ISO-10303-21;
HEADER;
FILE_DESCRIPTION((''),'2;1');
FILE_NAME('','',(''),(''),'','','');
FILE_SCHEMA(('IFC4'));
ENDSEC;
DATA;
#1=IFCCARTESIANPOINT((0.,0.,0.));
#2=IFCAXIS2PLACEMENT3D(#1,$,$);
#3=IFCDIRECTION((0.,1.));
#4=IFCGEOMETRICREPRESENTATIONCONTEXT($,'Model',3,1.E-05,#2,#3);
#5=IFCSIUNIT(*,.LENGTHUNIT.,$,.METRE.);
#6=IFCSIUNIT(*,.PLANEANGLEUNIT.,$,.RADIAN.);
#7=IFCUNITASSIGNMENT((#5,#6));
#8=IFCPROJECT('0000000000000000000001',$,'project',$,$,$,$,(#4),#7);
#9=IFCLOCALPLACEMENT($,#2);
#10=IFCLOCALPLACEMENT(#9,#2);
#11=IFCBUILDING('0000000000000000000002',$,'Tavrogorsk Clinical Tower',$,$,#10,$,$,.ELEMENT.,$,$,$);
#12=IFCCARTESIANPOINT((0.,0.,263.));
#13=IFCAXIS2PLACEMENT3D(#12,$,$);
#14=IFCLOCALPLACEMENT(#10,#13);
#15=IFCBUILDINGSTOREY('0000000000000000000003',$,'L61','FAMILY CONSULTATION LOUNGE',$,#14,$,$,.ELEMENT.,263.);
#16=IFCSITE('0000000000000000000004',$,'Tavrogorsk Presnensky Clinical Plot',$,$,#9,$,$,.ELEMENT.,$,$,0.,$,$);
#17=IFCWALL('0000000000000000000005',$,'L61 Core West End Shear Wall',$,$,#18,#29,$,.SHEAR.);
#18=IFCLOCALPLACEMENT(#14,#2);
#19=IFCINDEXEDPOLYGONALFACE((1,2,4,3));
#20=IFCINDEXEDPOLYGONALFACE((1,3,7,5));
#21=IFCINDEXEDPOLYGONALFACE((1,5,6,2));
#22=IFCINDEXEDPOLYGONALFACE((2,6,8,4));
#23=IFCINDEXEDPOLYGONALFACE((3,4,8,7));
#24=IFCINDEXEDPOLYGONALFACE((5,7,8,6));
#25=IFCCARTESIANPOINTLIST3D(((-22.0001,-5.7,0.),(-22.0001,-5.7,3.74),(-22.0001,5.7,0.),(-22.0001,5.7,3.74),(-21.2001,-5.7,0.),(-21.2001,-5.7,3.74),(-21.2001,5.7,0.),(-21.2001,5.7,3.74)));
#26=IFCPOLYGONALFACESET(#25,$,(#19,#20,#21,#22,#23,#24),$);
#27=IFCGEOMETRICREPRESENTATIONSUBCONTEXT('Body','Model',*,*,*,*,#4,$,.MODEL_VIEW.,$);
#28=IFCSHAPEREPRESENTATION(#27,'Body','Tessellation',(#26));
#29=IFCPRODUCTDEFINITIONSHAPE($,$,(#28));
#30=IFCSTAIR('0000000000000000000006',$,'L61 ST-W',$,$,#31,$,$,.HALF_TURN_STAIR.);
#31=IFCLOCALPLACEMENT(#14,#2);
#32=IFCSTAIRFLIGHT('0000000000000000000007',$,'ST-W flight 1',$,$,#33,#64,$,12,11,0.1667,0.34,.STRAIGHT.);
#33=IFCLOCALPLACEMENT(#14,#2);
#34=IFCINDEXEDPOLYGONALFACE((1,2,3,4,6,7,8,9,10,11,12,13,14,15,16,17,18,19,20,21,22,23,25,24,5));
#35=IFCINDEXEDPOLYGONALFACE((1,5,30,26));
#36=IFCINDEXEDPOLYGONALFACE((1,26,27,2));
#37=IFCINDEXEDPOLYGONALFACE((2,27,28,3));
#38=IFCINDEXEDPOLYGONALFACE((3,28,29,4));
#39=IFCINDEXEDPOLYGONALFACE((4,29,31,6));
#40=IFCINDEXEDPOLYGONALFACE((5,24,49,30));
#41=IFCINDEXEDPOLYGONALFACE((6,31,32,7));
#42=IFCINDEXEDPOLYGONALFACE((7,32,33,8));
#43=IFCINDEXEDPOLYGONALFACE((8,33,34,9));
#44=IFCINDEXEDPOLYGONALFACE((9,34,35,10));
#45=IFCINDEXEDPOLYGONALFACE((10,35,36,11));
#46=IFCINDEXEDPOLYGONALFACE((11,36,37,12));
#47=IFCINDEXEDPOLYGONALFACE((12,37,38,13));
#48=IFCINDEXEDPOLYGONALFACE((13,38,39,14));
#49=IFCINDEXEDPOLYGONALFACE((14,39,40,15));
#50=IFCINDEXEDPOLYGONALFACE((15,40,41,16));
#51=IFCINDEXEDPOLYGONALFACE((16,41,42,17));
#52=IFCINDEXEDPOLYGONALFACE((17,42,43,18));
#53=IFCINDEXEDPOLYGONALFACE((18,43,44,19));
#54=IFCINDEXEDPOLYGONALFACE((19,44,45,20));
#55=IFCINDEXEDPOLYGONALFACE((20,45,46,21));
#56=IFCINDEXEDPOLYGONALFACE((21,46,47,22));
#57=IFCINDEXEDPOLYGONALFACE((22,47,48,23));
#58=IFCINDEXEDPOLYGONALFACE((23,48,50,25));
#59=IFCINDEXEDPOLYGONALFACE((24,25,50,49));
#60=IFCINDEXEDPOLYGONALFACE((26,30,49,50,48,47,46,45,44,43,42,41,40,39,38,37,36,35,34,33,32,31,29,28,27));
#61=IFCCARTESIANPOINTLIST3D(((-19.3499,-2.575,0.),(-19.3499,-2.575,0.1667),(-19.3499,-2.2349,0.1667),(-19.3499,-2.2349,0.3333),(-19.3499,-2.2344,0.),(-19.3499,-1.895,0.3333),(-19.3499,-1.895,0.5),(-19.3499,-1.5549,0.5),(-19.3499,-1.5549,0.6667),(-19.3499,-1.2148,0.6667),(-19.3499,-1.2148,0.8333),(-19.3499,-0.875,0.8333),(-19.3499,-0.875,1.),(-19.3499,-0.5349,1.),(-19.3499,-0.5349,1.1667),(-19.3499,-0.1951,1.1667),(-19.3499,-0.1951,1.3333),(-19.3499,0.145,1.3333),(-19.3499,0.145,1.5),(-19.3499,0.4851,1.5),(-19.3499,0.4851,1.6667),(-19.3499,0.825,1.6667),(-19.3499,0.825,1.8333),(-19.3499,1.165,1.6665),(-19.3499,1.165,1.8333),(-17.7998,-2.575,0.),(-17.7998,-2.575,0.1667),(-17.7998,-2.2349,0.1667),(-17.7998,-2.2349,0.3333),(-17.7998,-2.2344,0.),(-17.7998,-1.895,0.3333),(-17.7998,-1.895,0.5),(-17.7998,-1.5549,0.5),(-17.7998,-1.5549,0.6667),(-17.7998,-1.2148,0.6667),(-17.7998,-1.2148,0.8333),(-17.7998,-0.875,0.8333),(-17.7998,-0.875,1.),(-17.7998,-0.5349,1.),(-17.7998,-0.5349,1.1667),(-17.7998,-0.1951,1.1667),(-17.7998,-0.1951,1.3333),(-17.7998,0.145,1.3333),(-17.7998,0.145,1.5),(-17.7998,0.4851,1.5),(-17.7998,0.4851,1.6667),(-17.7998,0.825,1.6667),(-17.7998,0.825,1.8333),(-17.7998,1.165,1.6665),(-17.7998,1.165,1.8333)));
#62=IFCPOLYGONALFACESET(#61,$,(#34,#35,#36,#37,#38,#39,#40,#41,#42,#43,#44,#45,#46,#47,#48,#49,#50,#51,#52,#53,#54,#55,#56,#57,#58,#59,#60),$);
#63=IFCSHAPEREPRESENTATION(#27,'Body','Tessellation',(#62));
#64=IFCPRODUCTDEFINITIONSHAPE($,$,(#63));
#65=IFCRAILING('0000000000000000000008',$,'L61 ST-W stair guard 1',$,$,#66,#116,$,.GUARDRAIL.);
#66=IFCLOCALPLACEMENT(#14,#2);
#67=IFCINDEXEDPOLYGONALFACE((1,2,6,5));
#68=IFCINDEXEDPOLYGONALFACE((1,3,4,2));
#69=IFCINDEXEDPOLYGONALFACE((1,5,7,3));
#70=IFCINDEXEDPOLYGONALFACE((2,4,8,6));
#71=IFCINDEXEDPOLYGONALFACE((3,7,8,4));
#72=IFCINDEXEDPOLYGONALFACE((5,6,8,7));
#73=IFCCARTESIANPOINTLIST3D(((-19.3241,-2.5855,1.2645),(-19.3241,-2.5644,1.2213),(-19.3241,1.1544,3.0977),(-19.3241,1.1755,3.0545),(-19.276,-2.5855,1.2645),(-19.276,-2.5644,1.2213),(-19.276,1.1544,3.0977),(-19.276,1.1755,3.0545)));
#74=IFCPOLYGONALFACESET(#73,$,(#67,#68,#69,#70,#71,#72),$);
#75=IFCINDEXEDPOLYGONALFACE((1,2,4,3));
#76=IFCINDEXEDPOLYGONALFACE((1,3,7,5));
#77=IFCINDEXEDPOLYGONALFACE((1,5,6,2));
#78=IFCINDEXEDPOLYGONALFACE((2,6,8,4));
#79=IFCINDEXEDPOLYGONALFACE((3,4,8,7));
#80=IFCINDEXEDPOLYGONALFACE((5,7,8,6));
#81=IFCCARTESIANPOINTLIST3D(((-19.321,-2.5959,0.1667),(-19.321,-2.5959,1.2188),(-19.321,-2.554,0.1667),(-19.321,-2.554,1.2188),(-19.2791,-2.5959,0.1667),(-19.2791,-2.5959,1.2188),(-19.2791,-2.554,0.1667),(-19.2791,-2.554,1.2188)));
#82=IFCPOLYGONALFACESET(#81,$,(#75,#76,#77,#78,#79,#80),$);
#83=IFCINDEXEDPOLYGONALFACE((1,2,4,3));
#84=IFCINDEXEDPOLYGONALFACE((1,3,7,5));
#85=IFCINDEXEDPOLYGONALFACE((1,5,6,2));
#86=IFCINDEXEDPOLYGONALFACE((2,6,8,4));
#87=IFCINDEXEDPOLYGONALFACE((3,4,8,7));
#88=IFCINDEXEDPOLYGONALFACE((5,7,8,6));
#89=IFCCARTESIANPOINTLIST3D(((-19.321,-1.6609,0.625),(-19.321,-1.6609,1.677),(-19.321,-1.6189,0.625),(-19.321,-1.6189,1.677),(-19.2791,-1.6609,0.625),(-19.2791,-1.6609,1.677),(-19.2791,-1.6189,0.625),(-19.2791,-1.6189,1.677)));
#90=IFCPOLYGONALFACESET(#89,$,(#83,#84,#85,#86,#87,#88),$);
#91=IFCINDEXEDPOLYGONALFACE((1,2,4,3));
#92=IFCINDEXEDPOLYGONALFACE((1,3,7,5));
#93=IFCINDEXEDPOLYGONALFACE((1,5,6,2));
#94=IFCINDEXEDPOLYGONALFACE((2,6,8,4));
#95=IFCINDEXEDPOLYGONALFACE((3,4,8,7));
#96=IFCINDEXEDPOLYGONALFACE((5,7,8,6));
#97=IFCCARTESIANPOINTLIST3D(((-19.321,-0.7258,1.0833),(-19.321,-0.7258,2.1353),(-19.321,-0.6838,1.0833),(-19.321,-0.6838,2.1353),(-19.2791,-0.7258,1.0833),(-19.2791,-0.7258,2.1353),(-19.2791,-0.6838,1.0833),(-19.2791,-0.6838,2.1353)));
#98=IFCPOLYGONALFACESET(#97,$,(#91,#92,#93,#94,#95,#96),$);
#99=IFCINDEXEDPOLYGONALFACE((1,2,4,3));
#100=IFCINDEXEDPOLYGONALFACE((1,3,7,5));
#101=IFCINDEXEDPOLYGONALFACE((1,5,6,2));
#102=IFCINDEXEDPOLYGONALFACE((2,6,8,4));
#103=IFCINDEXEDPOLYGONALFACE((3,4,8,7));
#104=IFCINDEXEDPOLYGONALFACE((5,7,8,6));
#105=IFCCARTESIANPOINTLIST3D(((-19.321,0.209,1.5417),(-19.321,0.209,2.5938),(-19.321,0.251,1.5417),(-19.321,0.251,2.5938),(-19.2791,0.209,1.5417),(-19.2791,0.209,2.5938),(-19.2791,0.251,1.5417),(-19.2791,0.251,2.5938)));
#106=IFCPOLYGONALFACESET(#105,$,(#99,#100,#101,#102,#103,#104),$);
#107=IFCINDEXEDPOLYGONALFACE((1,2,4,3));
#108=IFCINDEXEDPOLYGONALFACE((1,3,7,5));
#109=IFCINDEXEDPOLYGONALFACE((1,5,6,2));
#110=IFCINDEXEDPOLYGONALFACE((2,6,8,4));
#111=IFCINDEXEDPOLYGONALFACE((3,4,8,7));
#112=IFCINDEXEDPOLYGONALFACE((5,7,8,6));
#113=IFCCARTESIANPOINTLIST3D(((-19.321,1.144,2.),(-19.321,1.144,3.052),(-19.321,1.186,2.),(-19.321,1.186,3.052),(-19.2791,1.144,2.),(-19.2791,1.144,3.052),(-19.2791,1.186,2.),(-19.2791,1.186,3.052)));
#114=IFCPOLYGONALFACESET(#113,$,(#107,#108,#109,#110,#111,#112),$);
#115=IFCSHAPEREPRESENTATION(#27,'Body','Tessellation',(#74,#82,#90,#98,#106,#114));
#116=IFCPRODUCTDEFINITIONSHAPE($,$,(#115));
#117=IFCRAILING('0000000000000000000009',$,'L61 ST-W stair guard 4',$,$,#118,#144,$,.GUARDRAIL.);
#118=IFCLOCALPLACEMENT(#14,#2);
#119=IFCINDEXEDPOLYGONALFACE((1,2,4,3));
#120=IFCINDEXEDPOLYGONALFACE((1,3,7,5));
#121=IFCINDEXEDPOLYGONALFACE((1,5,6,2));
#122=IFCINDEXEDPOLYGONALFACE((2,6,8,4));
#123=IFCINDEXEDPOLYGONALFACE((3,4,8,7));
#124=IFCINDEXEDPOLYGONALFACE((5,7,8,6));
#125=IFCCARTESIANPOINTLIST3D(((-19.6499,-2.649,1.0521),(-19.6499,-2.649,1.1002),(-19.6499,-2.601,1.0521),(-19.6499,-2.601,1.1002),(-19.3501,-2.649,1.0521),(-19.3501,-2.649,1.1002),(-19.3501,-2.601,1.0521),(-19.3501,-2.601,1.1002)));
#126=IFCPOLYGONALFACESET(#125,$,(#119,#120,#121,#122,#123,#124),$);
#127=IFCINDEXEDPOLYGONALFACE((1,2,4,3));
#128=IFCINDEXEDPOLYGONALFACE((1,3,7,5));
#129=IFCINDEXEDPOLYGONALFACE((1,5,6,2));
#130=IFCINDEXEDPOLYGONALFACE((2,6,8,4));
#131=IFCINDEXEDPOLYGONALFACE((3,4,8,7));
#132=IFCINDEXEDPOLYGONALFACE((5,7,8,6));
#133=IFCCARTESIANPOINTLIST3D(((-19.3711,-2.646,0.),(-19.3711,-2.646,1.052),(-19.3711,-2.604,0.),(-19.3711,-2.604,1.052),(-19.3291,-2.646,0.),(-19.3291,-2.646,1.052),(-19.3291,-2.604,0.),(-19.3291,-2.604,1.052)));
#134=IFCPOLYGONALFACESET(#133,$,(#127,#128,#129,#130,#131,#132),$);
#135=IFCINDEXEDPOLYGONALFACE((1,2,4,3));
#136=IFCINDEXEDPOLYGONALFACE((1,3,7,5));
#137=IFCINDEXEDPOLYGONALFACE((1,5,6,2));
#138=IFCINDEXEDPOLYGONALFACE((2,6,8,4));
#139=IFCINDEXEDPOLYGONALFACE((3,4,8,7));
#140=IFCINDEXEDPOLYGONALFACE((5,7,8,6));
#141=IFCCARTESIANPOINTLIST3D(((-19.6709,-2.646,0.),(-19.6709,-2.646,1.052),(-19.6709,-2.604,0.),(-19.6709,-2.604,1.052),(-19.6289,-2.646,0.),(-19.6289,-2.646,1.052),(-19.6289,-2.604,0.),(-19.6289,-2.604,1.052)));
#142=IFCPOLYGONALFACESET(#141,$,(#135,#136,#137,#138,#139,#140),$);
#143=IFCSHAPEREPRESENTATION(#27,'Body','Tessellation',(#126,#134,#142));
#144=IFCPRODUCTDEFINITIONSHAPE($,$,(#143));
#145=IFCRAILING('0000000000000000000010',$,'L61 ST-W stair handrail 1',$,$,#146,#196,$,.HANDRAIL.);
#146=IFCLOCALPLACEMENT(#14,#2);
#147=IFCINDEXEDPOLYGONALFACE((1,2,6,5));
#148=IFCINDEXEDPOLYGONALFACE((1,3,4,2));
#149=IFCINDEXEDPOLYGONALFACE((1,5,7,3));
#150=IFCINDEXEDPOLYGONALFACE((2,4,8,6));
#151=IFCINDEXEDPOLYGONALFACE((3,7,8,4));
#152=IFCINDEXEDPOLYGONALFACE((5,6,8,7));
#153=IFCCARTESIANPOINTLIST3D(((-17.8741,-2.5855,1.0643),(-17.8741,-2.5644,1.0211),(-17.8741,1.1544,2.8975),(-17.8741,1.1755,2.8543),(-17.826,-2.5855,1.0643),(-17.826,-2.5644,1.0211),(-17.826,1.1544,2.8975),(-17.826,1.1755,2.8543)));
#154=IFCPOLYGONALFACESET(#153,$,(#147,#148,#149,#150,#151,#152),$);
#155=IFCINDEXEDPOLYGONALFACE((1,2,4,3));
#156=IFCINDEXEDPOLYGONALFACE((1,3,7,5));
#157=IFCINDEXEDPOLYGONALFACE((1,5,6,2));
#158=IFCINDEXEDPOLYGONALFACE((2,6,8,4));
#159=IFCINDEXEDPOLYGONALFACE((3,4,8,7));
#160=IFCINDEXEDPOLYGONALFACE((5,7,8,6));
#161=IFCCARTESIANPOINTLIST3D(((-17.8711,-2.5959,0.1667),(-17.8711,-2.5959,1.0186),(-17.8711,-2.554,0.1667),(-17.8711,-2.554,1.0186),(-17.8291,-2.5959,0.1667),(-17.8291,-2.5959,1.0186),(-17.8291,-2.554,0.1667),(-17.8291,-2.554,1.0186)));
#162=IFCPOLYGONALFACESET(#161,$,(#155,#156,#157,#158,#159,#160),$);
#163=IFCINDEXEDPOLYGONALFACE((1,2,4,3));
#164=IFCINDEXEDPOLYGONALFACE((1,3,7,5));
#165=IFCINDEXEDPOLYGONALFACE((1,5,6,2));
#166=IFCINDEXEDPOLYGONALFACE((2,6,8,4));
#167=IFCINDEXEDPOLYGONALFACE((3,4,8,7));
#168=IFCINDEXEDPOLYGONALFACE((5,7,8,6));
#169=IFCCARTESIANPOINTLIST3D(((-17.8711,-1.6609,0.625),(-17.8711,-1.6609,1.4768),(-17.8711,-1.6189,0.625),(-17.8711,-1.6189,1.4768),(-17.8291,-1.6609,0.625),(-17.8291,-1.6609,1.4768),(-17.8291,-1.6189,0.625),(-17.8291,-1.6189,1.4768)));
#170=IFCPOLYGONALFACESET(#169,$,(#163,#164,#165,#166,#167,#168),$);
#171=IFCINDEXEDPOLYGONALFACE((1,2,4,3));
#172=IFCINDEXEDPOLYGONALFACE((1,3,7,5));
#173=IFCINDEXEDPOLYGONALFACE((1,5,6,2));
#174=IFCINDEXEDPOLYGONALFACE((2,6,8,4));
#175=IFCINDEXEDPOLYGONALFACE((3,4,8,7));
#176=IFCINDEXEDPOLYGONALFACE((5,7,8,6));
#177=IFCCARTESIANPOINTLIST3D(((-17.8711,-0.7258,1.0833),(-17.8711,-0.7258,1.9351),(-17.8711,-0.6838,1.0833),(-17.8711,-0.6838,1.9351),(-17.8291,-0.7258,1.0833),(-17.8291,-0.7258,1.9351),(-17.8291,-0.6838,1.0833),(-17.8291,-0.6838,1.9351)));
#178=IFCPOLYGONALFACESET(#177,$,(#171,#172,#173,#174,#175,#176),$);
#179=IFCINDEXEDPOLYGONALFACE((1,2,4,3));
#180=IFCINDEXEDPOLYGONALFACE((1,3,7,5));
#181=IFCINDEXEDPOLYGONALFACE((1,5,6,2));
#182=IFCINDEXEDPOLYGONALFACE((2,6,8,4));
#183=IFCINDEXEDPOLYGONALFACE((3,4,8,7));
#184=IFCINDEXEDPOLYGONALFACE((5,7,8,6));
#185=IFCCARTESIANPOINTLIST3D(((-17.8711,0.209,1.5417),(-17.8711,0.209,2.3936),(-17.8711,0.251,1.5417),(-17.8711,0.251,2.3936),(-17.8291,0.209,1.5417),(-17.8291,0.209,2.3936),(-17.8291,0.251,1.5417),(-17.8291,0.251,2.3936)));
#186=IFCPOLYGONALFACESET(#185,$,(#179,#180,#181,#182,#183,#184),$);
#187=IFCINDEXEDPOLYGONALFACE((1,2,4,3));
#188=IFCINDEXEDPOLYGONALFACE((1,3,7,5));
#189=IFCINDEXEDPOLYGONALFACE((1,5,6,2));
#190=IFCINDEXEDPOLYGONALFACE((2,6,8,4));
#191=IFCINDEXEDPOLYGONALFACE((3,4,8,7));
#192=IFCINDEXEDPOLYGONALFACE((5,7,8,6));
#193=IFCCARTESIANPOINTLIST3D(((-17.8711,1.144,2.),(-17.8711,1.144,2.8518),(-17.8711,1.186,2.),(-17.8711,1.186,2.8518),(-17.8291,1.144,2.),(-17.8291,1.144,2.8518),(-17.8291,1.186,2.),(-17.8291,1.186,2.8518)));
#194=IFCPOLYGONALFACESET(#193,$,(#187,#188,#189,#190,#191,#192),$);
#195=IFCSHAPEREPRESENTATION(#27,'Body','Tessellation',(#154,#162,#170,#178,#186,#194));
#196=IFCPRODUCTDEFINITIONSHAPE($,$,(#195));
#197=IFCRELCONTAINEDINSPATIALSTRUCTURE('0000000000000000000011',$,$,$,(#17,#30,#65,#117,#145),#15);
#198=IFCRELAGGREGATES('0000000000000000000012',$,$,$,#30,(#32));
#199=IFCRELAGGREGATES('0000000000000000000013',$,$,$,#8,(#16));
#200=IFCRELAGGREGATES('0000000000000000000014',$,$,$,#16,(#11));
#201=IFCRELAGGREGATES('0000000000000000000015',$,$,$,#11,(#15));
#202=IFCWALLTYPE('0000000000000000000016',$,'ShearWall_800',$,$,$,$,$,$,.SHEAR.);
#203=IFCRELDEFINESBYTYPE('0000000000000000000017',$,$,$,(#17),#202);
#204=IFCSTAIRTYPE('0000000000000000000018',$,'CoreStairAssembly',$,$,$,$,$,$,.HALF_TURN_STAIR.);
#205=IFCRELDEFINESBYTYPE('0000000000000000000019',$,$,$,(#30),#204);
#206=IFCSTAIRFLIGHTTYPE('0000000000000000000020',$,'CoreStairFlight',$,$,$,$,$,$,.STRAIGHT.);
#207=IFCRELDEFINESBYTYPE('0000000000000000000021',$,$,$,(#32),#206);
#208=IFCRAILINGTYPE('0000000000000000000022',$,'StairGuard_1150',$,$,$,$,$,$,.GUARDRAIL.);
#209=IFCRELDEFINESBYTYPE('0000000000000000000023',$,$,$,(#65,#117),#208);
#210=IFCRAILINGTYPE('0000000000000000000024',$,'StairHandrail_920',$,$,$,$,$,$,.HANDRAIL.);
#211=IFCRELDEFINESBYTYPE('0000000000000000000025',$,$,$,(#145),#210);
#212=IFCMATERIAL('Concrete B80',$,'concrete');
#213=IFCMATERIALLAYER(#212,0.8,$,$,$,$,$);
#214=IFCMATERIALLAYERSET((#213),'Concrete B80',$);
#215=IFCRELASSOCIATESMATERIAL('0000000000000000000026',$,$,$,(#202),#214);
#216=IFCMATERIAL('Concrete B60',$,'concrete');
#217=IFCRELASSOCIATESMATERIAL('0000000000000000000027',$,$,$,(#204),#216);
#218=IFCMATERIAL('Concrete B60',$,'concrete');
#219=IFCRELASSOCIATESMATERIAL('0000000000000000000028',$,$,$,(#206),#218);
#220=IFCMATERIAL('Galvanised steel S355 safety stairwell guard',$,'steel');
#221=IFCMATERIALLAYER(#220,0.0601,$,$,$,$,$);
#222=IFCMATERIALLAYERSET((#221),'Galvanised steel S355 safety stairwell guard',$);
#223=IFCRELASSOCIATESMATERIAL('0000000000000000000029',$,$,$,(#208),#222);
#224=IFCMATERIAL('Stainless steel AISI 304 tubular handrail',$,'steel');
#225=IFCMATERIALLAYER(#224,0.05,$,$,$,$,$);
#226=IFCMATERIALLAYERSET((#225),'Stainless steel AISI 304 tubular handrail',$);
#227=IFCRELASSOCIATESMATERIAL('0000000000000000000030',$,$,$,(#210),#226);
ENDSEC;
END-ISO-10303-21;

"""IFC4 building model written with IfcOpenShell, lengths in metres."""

from ifc_helpers import new_model, si_unit, direction, frame, frame_2d, origin, origin_2d, place, context, subcontext, project, spatial, polyline, rectangle, outline, extrude, material, layer, layer_set, type_object, element, aggregate, save


model = new_model("IFC4")

# Units and contexts
model_context = context("Model", 3, precision=1e-05, world=origin(), true_north=direction((0.0, 1.0)))
body_context = subcontext(model_context, "Body", "Model", "MODEL_VIEW")
ifc_project = project(units=[si_unit("LENGTHUNIT", "METRE"), si_unit("PLANEANGLEUNIT", "RADIAN")], contexts=[model_context])

# Site, building, storey
site_placement = place(None, origin())
site = spatial("IfcSite", under=ifc_project, at=site_placement, Name="Tavrogorsk Presnensky Clinical Plot", CompositionType="ELEMENT", RefElevation=0.0)
building_placement = place(site_placement, origin())
building = spatial("IfcBuilding", under=site, at=building_placement, Name="Tavrogorsk Clinical Tower", CompositionType="ELEMENT")
storey_placement = place(building_placement, frame((0.0, 0.0, 263.0)))
storey = spatial("IfcBuildingStorey", under=building, at=storey_placement, Name="L61", Description="FAMILY CONSULTATION LOUNGE", CompositionType="ELEMENT", Elevation=263.0)

# Wall
ifc_material_1 = material(Name="Concrete B80", Category="concrete")
ifc_layer_1 = layer(ifc_material_1, 0.8)
ifc_layer_set_1 = layer_set([ifc_layer_1], Name="Concrete B80")
wall_type_1 = type_object("IfcWallType", Name="ShearWall_800", PredefinedType="SHEAR", material=ifc_layer_set_1)
wall_1_placement = place(storey_placement, frame((-21.6001, -5.7, 0.0), z_axis=(0.0, 0.0, 1.0), x_axis=(0.0, 1.0, 0.0)))
element("IfcWall", 1, at=wall_1_placement, inside=storey, type_object=wall_type_1, Name="L61 Core West End Shear Wall", PredefinedType="SHEAR", context=body_context, shape_type="SweptSolid", body=[
    extrude(rectangle(XDim=11.3999, YDim=0.8, at=frame_2d((5.7, 0.0))), origin(), (0.0, 0.0, 1.0), 3.74),
])

# Stair, stair flight
ifc_material_2 = material(Name="Concrete B60", Category="concrete")
stair_type = type_object("IfcStairType", Name="CoreStairAssembly", PredefinedType="HALF_TURN_STAIR", material=ifc_material_2)
stair_placement = place(storey_placement, origin())
stair = element("IfcStair", 2, at=stair_placement, inside=storey, type_object=stair_type, Name="L61 ST-W", PredefinedType="HALF_TURN_STAIR")
ifc_material_3 = material(Name="Concrete B60", Category="concrete")
stair_flight_type = type_object("IfcStairFlightType", Name="CoreStairFlight", PredefinedType="STRAIGHT", material=ifc_material_3)
stair_flight_placement = place(storey_placement, frame((-18.575, -2.575, 0.0), z_axis=(0.0, 0.0, 1.0), x_axis=(0.0, 1.0, 0.0)))
stair_flight = element("IfcStairFlight", 3, at=stair_flight_placement, type_object=stair_flight_type, Name="ST-W flight 1", NumberOfRisers=12, NumberOfTreads=11, PredefinedType="STRAIGHT", RiserHeight=0.1667, TreadLength=0.34, context=body_context, shape_type="SweptSolid", body=[
    extrude(outline(polyline([(0.0, 0.0), (0.0, 0.1667), (0.3401, 0.1667), (0.3401, 0.3333), (0.6799, 0.3333), (0.6799, 0.5), (1.02, 0.5), (1.02, 0.6667), (1.3601, 0.6667), (1.3601, 0.8333), (1.7, 0.8333), (1.7, 1.0), (2.04, 1.0), (2.04, 1.1667), (2.3799, 1.1667), (2.3799, 1.3333), (2.72, 1.3333), (2.72, 1.5), (3.0601, 1.5), (3.0601, 1.6667), (3.3999, 1.6667), (3.3999, 1.8333), (3.74, 1.8333), (3.74, 2.0), (3.74, 1.6665), (0.3406, 0.0), (0.0, 0.0)])), frame((0.0, 0.7749, 0.0), z_axis=(0.0, -1.0, 0.0), x_axis=(1.0, 0.0, 0.0)), (0.0, 0.0, 1.0), 1.55),
])
aggregate(stair, [stair_flight])

# Railings
ifc_material_4 = material(Name="Galvanised steel S355 safety stairwell guard", Category="steel")
ifc_layer_2 = layer(ifc_material_4, 0.0601)
ifc_layer_set_2 = layer_set([ifc_layer_2], Name="Galvanised steel S355 safety stairwell guard")
railing_type_1 = type_object("IfcRailingType", Name="StairGuard_1150", PredefinedType="GUARDRAIL", material=ifc_layer_set_2)
railing_1_placement = place(storey_placement, frame((-19.3, -2.575, 0.1667)))
element("IfcRailing", 4, at=railing_1_placement, inside=storey, type_object=railing_type_1, Name="L61 ST-W stair guard 1", PredefinedType="GUARDRAIL", context=body_context, shape_type="SweptSolid", body=[
    extrude(rectangle(XDim=0.0481, YDim=0.0481, at=origin_2d()), frame((0.0, 0.0, 1.0762), z_axis=(0.0, 0.897928, 0.440142), x_axis=(-1.0, 0.0, 0.0)), (0.0, 0.0, 1.0), 4.165),
    extrude(rectangle(XDim=0.042, YDim=0.042, at=origin_2d()), origin(), (0.0, 0.0, 1.0), 1.052),
    extrude(rectangle(XDim=0.042, YDim=0.042, at=origin_2d()), frame((0.0, 0.9351, 0.4583)), (0.0, 0.0, 1.0), 1.052),
    extrude(rectangle(XDim=0.042, YDim=0.042, at=origin_2d()), frame((0.0, 1.8701, 0.9165)), (0.0, 0.0, 1.0), 1.052),
    extrude(rectangle(XDim=0.042, YDim=0.042, at=origin_2d()), frame((0.0, 2.8049, 1.375)), (0.0, 0.0, 1.0), 1.052),
    extrude(rectangle(XDim=0.042, YDim=0.042, at=origin_2d()), frame((0.0, 3.74, 1.8333)), (0.0, 0.0, 1.0), 1.052),
])
railing_2_placement = place(storey_placement, frame((-19.3501, -2.625, 0.0)))
element("IfcRailing", 5, at=railing_2_placement, inside=storey, type_object=railing_type_1, Name="L61 ST-W stair guard 4", PredefinedType="GUARDRAIL", context=body_context, shape_type="SweptSolid", body=[
    extrude(rectangle(XDim=0.0481, YDim=0.0481, at=origin_2d()), frame((0.0, 0.0, 1.0762), z_axis=(-1.0, 0.0, 0.0), x_axis=(0.0, -1.0, 0.0)), (0.0, 0.0, 1.0), 0.2998),
    extrude(rectangle(XDim=0.042, YDim=0.042, at=origin_2d()), origin(), (0.0, 0.0, 1.0), 1.052),
    extrude(rectangle(XDim=0.042, YDim=0.042, at=origin_2d()), frame((-0.2998, 0.0, 0.0)), (0.0, 0.0, 1.0), 1.052),
])
ifc_material_5 = material(Name="Stainless steel AISI 304 tubular handrail", Category="steel")
ifc_layer_3 = layer(ifc_material_5, 0.05)
ifc_layer_set_3 = layer_set([ifc_layer_3], Name="Stainless steel AISI 304 tubular handrail")
railing_type_2 = type_object("IfcRailingType", Name="StairHandrail_920", PredefinedType="HANDRAIL", material=ifc_layer_set_3)
railing_3_placement = place(storey_placement, frame((-17.8501, -2.575, 0.1667)))
element("IfcRailing", 6, at=railing_3_placement, inside=storey, type_object=railing_type_2, Name="L61 ST-W stair handrail 1", PredefinedType="HANDRAIL", context=body_context, shape_type="SweptSolid", body=[
    extrude(rectangle(XDim=0.0481, YDim=0.0481, at=origin_2d()), frame((0.0, 0.0, 0.876), z_axis=(0.0, 0.897928, 0.440142), x_axis=(-1.0, 0.0, 0.0)), (0.0, 0.0, 1.0), 4.165),
    extrude(rectangle(XDim=0.042, YDim=0.042, at=origin_2d()), origin(), (0.0, 0.0, 1.0), 0.8518),
    extrude(rectangle(XDim=0.042, YDim=0.042, at=origin_2d()), frame((0.0, 0.9351, 0.4583)), (0.0, 0.0, 1.0), 0.8518),
    extrude(rectangle(XDim=0.042, YDim=0.042, at=origin_2d()), frame((0.0, 1.8701, 0.9165)), (0.0, 0.0, 1.0), 0.8518),
    extrude(rectangle(XDim=0.042, YDim=0.042, at=origin_2d()), frame((0.0, 2.8049, 1.375)), (0.0, 0.0, 1.0), 0.8518),
    extrude(rectangle(XDim=0.042, YDim=0.042, at=origin_2d()), frame((0.0, 3.74, 1.8333)), (0.0, 0.0, 1.0), 0.8518),
])

save(model, "model.ifc")
